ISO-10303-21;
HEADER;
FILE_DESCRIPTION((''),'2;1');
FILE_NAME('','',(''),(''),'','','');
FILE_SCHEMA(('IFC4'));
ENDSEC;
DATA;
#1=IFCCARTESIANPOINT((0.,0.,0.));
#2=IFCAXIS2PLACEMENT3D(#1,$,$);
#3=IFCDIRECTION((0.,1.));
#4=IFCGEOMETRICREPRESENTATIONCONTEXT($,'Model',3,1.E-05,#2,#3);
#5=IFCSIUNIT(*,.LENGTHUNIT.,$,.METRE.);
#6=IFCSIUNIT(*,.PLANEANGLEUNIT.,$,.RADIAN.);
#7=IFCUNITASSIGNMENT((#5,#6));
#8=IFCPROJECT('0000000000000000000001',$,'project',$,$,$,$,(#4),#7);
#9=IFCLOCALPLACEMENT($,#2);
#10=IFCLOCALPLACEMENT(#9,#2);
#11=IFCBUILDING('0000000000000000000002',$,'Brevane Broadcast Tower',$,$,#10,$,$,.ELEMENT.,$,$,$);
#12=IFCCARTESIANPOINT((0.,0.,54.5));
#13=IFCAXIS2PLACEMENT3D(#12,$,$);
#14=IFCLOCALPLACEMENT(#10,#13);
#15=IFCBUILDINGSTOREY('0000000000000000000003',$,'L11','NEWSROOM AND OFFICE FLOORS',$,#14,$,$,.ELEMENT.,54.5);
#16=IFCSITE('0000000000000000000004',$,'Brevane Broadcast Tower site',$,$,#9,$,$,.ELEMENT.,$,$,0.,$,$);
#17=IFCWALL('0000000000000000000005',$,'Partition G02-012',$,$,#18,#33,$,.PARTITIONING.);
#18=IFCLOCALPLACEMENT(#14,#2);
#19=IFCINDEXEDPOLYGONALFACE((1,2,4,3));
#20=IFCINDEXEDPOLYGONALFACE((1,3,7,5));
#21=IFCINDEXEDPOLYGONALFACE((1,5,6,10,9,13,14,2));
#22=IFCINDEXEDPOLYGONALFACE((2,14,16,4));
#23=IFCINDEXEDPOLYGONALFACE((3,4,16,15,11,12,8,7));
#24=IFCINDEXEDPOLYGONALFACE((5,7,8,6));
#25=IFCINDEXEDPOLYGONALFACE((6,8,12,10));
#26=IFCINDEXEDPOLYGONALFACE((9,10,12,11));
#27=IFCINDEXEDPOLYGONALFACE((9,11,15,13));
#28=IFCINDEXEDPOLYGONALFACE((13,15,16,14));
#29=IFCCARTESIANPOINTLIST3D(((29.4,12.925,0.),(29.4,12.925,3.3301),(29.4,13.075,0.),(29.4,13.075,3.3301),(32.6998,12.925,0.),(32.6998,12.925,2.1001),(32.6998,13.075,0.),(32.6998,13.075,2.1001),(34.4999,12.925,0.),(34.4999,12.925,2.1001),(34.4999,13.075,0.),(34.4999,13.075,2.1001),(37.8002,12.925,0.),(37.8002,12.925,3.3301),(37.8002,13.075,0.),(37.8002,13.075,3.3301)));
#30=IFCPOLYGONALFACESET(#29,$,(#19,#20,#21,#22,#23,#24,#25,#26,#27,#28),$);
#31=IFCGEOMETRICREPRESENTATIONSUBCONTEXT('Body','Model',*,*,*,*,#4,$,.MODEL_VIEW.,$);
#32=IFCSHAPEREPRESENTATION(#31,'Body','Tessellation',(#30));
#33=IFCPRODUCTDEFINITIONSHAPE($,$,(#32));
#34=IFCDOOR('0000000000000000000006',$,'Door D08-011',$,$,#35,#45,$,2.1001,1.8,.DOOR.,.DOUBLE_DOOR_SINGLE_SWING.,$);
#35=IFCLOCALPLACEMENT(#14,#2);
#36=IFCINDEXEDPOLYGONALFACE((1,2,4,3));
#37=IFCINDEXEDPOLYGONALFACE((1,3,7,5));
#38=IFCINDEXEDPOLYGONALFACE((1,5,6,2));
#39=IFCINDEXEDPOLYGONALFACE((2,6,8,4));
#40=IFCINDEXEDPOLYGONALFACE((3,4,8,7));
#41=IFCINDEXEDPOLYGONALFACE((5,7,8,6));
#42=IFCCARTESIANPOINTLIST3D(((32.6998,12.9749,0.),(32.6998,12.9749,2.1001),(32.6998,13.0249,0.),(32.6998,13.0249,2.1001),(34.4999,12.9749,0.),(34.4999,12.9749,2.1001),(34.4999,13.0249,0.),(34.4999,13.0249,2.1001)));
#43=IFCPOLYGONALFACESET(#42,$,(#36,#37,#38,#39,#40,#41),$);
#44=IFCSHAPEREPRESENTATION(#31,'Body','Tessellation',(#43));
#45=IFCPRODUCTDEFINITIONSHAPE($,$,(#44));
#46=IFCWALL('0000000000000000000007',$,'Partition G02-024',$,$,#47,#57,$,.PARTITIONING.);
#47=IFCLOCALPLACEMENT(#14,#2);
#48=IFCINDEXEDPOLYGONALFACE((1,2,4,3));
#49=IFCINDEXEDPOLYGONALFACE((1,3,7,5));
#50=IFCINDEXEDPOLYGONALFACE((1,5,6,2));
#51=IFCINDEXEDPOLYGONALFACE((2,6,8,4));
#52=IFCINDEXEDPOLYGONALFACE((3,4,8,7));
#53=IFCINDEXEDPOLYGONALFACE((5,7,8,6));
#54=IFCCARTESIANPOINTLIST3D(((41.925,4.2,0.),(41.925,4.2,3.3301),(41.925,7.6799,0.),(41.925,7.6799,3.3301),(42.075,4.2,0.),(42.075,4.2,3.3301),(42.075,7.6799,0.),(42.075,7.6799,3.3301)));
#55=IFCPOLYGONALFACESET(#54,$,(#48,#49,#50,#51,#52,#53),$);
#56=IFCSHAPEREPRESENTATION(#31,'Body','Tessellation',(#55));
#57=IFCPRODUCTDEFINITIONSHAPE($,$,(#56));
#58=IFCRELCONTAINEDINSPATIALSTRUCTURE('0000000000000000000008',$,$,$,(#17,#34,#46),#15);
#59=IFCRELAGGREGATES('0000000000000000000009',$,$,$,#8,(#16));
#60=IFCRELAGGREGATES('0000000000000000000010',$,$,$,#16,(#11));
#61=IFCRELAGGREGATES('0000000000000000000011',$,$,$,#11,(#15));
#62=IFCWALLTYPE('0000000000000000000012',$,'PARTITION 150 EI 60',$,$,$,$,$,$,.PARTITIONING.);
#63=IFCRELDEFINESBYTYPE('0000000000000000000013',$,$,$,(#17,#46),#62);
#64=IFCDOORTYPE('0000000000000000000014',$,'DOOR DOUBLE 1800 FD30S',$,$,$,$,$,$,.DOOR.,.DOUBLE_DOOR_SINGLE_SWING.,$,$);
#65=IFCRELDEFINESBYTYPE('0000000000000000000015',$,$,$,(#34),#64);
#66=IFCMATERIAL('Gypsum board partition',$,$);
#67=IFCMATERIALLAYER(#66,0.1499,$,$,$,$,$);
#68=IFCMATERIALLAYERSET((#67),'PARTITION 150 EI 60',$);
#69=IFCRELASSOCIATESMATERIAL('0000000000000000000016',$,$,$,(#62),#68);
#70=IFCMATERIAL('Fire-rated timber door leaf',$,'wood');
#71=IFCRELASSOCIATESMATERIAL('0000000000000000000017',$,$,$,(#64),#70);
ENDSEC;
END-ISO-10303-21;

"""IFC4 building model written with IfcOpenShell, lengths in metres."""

from ifc_helpers import new_model, si_unit, direction, frame, frame_2d, origin, place, context, subcontext, project, spatial, rectangle, extrude, material, layer, layer_set, type_object, element, fill, save


model = new_model("IFC4")

# Units and contexts
model_context = context("Model", 3, precision=1e-05, world=origin(), true_north=direction((0.0, 1.0)))
body_context = subcontext(model_context, "Body", "Model", "MODEL_VIEW")
ifc_project = project(units=[si_unit("LENGTHUNIT", "METRE"), si_unit("PLANEANGLEUNIT", "RADIAN")], contexts=[model_context])

# Site, building, storey
site_placement = place(None, origin())
site = spatial("IfcSite", under=ifc_project, at=site_placement, Name="Brevane Broadcast Tower site", CompositionType="ELEMENT", RefElevation=0.0)
building_placement = place(site_placement, origin())
building = spatial("IfcBuilding", under=site, at=building_placement, Name="Brevane Broadcast Tower", CompositionType="ELEMENT")
storey_placement = place(building_placement, frame((0.0, 0.0, 54.5)))
storey = spatial("IfcBuildingStorey", under=building, at=storey_placement, Name="L11", Description="NEWSROOM AND OFFICE FLOORS", CompositionType="ELEMENT", Elevation=54.5)

# Shared definitions
ifc_material_1 = material(Name="Gypsum board partition")

# Shared definitions
ifc_layer_1 = layer(ifc_material_1, 0.1499)
ifc_layer_set_1 = layer_set([ifc_layer_1], Name="PARTITION 150 EI 60")
wall_type_1 = type_object("IfcWallType", Name="PARTITION 150 EI 60", PredefinedType="PARTITIONING", material=ifc_layer_set_1)

# Wall, opening, door
ifc_material_2 = material(Name="Fire-rated timber door leaf", Category="wood")
wall_1_placement = place(storey_placement, frame((29.3999, 13.0, 0.0), z_axis=(0.0, 0.0, 1.0), x_axis=(1.0, 0.0, 0.0)))
wall_1 = element("IfcWall", 1, at=wall_1_placement, inside=storey, type_object=wall_type_1, Name="Partition G02-012", PredefinedType="PARTITIONING", context=body_context, shape_type="SweptSolid", body=[
    extrude(rectangle(XDim=8.4001, YDim=0.1499, at=frame_2d((4.2002, 0.0))), origin(), (0.0, 0.0, 1.0), 3.3301),
])
opening_1_placement = place(wall_1_placement, frame((3.3, 0.0, 0.0)))
opening_1 = element("IfcOpeningElement", 2, at=opening_1_placement, cuts=wall_1, PredefinedType="OPENING", context=body_context, shape_type="SweptSolid", body=[
    extrude(rectangle(XDim=1.8, YDim=2.1001, at=frame_2d((0.8999, 1.05))), frame((0.0, 0.085, 0.0), z_axis=(0.0, -1.0, 0.0), x_axis=(1.0, 0.0, 0.0)), (0.0, 0.0, 1.0), 0.1699),
])
door_type_1 = type_object("IfcDoorType", Name="DOOR DOUBLE 1800 FD30S", OperationType="DOUBLE_DOOR_SINGLE_SWING", PredefinedType="DOOR", material=ifc_material_2)
door_1_placement = place(opening_1_placement, origin())
door_1 = element("IfcDoor", 3, at=door_1_placement, inside=storey, type_object=door_type_1, Name="Door D08-011", OperationType="DOUBLE_DOOR_SINGLE_SWING", OverallHeight=2.1001, OverallWidth=1.8, PredefinedType="DOOR", context=body_context, shape_type="SweptSolid", body=[
    extrude(rectangle(XDim=1.8, YDim=2.1001, at=frame_2d((0.8999, 1.05))), frame((0.0, 0.0249, 0.0), z_axis=(0.0, -1.0, 0.0), x_axis=(1.0, 0.0, 0.0)), (0.0, 0.0, 1.0), 0.05),
])
fill(opening_1, door_1)

# Wall
wall_2_placement = place(storey_placement, frame((42.0, 7.6799, 0.0), z_axis=(0.0, 0.0, 1.0), x_axis=(0.0, -1.0, 0.0)))
element("IfcWall", 4, at=wall_2_placement, inside=storey, type_object=wall_type_1, Name="Partition G02-024", PredefinedType="PARTITIONING", context=body_context, shape_type="SweptSolid", body=[
    extrude(rectangle(XDim=3.48, YDim=0.1499, at=frame_2d((1.74, 0.0))), origin(), (0.0, 0.0, 1.0), 3.3301),
])

save(model, "model.ifc")
